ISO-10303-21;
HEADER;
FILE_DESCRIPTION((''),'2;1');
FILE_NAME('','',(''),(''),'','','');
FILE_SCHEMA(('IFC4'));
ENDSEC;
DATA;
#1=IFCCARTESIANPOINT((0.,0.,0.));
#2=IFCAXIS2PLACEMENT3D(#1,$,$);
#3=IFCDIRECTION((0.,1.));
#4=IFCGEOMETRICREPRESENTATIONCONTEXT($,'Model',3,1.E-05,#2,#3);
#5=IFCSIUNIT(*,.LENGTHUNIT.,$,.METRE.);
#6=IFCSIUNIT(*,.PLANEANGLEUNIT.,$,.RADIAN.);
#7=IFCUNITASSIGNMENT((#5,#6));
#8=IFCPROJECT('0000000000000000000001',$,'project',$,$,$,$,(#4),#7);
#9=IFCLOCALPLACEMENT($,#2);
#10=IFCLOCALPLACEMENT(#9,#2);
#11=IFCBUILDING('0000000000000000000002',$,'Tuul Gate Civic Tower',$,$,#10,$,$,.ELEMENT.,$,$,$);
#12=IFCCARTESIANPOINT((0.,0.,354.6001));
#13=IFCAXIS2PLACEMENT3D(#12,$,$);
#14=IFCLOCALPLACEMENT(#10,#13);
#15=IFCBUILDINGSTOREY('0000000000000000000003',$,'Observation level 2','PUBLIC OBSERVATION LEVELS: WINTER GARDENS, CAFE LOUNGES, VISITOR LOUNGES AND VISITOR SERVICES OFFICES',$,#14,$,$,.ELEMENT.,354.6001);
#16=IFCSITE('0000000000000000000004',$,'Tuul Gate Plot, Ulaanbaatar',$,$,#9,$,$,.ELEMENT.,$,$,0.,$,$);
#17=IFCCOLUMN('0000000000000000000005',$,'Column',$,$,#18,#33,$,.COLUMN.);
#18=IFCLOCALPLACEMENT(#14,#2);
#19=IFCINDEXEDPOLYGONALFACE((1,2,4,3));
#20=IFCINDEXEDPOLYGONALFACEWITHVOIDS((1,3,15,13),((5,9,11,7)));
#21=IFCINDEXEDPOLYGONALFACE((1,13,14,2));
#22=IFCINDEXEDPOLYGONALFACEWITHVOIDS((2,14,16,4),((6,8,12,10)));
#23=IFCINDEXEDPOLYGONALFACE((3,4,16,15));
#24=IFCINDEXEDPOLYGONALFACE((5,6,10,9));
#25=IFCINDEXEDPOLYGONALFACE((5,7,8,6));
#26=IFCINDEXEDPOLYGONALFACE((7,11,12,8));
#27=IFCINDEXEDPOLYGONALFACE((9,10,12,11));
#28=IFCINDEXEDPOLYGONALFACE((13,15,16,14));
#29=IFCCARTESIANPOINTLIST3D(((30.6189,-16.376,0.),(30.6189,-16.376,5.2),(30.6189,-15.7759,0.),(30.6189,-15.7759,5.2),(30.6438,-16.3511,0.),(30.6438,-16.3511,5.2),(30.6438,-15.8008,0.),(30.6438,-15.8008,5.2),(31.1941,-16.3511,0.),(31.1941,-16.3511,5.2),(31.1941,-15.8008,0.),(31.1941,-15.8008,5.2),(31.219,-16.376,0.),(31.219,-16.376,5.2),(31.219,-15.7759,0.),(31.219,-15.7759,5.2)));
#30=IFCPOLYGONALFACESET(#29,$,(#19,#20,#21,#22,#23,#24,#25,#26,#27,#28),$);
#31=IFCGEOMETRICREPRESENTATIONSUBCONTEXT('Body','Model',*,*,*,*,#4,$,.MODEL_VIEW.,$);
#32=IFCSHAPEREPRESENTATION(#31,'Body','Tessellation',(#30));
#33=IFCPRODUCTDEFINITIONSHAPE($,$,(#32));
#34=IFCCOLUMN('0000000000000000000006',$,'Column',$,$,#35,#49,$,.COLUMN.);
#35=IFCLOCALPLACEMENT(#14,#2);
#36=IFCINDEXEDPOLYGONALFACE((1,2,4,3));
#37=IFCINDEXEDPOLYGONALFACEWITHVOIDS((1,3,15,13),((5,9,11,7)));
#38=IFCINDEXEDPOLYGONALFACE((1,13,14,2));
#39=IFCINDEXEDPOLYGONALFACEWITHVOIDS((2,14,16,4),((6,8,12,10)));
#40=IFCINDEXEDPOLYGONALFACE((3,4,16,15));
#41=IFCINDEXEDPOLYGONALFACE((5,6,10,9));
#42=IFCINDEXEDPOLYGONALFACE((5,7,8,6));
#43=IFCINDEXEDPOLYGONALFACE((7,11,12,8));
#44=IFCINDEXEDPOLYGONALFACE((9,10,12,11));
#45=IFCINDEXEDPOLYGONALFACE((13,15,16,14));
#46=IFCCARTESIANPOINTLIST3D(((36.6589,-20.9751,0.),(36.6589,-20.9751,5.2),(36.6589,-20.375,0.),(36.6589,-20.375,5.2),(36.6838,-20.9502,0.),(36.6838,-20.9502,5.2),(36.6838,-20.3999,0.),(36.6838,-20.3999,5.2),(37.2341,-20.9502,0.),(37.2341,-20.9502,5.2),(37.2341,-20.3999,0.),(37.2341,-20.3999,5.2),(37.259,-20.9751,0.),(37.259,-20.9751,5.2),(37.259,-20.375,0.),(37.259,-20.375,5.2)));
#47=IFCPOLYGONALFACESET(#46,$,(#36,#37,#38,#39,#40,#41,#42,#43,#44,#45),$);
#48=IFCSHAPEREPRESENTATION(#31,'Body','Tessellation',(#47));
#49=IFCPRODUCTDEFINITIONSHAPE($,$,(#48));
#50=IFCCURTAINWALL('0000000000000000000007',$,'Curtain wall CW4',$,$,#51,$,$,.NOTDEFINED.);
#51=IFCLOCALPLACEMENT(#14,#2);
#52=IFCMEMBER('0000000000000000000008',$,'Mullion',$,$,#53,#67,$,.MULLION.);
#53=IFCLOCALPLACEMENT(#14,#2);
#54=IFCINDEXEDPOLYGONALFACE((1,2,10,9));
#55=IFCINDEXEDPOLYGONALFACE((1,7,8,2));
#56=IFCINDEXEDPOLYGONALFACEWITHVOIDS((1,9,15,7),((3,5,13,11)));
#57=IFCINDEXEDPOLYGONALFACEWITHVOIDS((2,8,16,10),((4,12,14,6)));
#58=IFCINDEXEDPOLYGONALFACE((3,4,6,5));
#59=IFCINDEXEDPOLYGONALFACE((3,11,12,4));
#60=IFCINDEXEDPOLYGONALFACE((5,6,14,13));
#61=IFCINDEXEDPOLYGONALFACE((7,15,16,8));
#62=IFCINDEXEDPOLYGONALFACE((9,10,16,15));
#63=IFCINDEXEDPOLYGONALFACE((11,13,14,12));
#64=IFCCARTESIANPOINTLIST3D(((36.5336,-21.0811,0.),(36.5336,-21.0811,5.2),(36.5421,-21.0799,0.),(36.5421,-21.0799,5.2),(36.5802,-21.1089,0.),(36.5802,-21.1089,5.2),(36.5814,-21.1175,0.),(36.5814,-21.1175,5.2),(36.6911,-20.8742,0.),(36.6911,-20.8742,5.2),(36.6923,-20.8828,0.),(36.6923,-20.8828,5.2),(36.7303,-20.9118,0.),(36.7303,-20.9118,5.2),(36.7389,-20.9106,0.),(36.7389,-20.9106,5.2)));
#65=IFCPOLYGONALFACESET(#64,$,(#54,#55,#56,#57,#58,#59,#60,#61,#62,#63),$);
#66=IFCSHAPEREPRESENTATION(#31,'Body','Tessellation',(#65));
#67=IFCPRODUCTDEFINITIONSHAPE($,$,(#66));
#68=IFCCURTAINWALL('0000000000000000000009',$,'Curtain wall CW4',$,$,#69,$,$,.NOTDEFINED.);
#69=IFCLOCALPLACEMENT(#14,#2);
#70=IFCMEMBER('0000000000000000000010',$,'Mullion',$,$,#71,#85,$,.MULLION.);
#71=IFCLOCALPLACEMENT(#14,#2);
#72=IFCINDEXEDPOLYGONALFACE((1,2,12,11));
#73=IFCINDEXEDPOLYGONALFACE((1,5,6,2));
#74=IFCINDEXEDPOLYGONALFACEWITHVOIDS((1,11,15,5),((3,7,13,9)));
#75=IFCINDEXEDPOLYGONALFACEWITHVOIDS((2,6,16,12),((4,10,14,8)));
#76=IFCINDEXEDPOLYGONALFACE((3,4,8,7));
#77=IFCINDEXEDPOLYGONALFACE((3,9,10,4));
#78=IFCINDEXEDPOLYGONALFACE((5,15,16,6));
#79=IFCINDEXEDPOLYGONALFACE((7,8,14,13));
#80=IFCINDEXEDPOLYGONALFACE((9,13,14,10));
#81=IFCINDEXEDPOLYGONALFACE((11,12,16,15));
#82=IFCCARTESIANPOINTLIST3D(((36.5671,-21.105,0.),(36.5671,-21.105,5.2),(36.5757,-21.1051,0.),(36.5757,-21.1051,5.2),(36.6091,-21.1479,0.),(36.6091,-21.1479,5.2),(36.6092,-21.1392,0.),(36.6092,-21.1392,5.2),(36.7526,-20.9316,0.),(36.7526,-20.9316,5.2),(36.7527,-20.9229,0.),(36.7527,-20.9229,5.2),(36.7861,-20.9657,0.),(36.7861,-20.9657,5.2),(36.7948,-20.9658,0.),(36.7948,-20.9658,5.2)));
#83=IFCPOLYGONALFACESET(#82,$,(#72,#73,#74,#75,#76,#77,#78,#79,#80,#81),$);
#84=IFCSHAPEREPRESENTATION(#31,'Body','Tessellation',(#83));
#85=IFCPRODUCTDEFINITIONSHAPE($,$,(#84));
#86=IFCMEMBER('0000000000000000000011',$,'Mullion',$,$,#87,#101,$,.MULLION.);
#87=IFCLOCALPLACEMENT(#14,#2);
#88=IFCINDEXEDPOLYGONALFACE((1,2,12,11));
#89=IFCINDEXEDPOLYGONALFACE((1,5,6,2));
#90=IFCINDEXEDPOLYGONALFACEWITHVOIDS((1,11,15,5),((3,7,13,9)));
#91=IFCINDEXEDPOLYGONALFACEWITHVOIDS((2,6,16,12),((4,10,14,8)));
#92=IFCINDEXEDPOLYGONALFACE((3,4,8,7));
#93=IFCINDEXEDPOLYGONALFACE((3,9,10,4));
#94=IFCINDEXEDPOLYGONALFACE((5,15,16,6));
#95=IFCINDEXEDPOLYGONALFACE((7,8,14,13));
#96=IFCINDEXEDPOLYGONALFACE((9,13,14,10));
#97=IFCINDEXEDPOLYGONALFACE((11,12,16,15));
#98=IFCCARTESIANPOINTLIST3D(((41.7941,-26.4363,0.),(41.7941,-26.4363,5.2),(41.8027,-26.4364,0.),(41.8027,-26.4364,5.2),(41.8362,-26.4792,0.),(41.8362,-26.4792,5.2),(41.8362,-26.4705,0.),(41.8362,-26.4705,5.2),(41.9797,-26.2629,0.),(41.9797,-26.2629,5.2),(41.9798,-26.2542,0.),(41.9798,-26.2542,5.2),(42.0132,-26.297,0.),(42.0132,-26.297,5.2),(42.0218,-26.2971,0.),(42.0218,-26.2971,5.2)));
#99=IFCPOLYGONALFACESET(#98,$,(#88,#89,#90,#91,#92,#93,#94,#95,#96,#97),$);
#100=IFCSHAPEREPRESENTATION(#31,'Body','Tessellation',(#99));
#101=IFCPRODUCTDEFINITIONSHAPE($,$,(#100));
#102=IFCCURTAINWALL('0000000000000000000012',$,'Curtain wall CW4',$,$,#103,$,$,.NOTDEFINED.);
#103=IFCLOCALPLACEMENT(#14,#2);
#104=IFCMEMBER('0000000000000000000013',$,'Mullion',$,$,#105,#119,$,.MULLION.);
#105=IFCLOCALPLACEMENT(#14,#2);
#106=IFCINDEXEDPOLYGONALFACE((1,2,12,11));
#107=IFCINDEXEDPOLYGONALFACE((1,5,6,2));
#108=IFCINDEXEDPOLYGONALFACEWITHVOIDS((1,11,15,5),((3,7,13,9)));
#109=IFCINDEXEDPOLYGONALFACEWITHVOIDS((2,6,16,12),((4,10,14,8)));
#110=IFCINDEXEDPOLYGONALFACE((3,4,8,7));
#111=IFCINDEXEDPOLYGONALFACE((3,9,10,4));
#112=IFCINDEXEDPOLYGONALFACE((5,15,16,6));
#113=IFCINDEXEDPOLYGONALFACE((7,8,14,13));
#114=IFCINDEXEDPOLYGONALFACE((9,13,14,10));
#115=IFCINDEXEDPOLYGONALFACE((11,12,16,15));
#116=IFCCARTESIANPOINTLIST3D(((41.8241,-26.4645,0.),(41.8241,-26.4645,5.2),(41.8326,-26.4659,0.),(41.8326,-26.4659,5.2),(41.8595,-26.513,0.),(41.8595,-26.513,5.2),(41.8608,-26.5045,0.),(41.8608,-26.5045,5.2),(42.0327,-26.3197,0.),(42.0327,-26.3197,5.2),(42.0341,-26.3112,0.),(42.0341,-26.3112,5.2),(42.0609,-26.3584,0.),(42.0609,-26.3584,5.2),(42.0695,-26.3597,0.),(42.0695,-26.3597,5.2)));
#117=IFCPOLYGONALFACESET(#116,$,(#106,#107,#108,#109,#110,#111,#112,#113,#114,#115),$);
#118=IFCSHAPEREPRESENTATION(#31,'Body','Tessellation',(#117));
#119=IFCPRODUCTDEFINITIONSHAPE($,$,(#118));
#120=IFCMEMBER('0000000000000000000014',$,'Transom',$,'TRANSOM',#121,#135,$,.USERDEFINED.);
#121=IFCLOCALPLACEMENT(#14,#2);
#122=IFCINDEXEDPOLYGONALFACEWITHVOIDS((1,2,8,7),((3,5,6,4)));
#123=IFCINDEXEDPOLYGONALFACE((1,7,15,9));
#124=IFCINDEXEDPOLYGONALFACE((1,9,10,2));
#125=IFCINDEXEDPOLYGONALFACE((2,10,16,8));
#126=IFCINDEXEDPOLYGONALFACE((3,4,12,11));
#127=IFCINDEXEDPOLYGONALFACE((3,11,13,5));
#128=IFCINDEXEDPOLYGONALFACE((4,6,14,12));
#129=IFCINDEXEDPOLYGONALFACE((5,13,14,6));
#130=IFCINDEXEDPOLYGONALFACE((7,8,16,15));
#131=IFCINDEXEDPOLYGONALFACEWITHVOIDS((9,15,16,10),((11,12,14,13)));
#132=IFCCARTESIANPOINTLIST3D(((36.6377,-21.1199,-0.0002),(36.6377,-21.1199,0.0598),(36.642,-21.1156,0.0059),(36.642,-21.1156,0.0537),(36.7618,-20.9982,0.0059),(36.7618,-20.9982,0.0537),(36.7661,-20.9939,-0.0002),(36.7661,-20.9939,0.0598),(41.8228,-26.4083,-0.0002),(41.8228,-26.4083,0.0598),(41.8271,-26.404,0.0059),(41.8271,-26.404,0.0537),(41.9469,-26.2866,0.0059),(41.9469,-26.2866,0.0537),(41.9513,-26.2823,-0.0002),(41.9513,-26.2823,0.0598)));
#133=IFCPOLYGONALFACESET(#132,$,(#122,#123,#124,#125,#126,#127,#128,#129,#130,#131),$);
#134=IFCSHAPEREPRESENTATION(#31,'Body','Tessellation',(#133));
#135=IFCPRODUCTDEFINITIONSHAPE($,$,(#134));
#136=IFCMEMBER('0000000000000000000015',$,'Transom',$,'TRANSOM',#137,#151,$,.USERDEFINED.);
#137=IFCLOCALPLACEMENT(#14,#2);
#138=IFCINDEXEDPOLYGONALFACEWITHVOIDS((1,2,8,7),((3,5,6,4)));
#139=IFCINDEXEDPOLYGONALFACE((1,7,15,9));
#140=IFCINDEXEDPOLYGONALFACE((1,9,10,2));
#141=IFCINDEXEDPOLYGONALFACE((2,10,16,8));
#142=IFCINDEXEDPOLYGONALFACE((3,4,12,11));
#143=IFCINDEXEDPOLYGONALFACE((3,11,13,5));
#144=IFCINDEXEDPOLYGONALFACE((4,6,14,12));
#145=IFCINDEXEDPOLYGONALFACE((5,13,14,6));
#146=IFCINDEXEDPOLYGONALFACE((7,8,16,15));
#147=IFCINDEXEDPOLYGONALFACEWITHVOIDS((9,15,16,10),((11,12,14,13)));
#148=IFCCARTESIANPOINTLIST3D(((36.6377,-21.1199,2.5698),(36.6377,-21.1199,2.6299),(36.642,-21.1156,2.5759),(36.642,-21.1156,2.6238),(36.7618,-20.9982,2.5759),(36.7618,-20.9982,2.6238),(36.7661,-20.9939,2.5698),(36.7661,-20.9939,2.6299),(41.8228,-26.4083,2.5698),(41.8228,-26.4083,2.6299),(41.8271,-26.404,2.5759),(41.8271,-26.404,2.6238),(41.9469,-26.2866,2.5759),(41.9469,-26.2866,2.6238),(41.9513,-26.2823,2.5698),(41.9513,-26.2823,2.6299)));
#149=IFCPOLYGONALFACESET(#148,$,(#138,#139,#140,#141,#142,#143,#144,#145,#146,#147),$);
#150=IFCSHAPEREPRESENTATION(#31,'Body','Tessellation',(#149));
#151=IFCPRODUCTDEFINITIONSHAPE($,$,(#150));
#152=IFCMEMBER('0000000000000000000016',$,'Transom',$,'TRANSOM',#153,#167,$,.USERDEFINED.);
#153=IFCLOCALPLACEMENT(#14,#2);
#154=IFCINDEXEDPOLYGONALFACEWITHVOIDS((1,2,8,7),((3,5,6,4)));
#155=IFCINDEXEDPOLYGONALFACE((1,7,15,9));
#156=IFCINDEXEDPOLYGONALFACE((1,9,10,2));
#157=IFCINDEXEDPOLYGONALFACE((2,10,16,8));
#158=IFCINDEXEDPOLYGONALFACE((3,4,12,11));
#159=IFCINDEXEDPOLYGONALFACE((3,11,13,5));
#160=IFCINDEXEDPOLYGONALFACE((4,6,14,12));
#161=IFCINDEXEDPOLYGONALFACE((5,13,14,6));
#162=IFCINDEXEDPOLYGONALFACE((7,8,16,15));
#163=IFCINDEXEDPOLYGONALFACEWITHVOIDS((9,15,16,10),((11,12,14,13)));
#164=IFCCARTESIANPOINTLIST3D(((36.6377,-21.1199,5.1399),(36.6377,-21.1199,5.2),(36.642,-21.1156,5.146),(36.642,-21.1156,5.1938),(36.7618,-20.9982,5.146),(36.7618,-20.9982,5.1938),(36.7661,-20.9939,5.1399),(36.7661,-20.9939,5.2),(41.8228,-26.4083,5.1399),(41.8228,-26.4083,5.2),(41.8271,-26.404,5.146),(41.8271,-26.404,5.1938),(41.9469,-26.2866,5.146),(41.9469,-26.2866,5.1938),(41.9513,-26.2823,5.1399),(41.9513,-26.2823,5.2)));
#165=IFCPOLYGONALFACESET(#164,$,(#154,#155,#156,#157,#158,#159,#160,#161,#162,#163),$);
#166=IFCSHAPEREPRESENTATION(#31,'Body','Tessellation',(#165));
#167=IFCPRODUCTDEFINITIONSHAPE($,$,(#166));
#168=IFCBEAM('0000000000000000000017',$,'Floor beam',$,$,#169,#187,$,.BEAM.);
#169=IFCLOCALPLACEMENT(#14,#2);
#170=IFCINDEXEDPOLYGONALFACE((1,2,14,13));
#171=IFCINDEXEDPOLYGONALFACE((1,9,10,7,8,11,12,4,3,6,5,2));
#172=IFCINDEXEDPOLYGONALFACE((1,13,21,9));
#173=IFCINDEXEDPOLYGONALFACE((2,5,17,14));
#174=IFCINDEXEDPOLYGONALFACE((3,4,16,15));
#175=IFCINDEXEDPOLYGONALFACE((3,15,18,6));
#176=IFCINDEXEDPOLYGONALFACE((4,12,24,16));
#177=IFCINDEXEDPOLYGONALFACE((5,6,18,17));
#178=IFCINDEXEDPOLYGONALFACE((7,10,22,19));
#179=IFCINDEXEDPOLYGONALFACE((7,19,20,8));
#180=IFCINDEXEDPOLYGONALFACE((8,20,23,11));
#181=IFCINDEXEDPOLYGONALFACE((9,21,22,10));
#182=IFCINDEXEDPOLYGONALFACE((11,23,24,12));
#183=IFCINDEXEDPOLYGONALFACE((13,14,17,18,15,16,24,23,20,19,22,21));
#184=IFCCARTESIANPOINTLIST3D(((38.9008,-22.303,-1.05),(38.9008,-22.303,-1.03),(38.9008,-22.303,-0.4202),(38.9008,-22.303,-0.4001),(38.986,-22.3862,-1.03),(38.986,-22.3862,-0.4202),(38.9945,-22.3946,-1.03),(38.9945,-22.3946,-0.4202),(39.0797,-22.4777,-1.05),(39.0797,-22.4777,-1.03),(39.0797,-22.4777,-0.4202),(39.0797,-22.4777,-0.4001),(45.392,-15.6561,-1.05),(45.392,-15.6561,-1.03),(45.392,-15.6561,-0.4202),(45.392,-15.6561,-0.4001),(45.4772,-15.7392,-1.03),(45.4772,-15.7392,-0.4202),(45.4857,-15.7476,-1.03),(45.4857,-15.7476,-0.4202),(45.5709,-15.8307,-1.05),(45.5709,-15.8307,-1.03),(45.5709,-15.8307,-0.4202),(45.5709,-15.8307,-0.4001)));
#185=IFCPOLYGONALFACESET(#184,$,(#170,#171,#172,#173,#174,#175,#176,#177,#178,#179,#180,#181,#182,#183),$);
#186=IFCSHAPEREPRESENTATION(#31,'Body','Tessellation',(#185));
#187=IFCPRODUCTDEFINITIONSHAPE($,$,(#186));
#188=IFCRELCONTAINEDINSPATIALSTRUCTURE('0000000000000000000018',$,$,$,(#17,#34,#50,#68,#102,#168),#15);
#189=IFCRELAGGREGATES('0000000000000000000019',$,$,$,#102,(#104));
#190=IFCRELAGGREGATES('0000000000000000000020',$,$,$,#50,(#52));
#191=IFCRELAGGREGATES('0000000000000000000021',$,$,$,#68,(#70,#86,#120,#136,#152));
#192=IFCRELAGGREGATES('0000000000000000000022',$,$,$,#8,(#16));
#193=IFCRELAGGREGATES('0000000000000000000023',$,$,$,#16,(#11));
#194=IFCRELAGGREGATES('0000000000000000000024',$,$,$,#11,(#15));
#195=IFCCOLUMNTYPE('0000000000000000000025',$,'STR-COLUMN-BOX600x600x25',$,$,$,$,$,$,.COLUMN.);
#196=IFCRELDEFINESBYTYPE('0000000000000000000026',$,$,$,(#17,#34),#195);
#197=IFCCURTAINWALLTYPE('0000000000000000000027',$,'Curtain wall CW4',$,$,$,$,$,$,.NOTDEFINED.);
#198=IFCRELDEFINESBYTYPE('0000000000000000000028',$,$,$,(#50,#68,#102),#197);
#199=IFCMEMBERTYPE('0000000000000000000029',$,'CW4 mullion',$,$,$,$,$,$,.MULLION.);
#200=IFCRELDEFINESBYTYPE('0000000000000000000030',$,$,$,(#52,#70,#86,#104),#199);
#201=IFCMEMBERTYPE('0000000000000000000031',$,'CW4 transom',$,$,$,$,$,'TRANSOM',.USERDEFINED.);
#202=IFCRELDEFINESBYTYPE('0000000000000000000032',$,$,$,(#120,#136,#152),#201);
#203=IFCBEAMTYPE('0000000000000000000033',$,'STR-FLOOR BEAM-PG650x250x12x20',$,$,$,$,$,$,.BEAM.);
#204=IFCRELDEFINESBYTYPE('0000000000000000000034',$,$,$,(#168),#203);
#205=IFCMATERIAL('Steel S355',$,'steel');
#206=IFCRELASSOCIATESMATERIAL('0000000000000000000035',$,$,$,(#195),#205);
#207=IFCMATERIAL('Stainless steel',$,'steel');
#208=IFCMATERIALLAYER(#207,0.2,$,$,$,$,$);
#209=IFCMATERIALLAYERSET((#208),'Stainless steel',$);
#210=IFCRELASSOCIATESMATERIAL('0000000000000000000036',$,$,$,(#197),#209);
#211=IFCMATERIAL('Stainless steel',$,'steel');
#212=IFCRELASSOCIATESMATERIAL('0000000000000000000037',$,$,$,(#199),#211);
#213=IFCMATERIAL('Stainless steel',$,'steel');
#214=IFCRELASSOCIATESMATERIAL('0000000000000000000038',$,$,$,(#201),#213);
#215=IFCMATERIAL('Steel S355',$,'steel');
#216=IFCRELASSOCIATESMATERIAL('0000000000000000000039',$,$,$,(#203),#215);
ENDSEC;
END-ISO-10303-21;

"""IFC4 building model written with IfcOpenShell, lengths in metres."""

from ifc_helpers import new_model, si_unit, direction, frame, origin, origin_2d, place, context, subcontext, project, spatial, hollow_rectangle, i_section, extrude, material, layer, layer_set, material_profile, profile_set, type_object, element, aggregate, save


model = new_model("IFC4")

# Units and contexts
model_context = context("Model", 3, precision=1e-05, world=origin(), true_north=direction((0.0, 1.0)))
body_context = subcontext(model_context, "Body", "Model", "MODEL_VIEW")
ifc_project = project(units=[si_unit("LENGTHUNIT", "METRE"), si_unit("PLANEANGLEUNIT", "RADIAN")], contexts=[model_context])

# Site, building, storey
site_placement = place(None, origin())
site = spatial("IfcSite", under=ifc_project, at=site_placement, Name="Tuul Gate Plot, Ulaanbaatar", CompositionType="ELEMENT", RefElevation=0.0)
building_placement = place(site_placement, origin())
building = spatial("IfcBuilding", under=site, at=building_placement, Name="Tuul Gate Civic Tower", CompositionType="ELEMENT")
storey_placement = place(building_placement, frame((0.0, 0.0, 354.6001)))
storey = spatial("IfcBuildingStorey", under=building, at=storey_placement, Name="Observation level 2", Description="PUBLIC OBSERVATION LEVELS: WINTER GARDENS, CAFE LOUNGES, VISITOR LOUNGES AND VISITOR SERVICES OFFICES", CompositionType="ELEMENT", Elevation=354.6001)

# Columns
ifc_material_1 = material(Name="Steel S355", Category="steel")
ifc_material_profile_1 = material_profile(ifc_material_1, hollow_rectangle(XDim=0.6001, YDim=0.6001, WallThickness=0.0249, at=origin_2d()), Name="BOX600x600x25")
ifc_profile_set_1 = profile_set([ifc_material_profile_1], Name="Steel S355")
column_type = type_object("IfcColumnType", Name="STR-COLUMN-BOX600x600x25", PredefinedType="COLUMN", material=ifc_profile_set_1)
for number, where, z_axis, x_axis, name in (
    (1, (30.9189, -16.0759, 0.0), (0.0, 0.0, 1.0), (1.0, 0.0, 0.0), "Column"),
    (2, (36.959, -20.675, 0.0), (0.0, 0.0, 1.0), (1.0, 0.0, 0.0), "Column"),
):
    element("IfcColumn", number, at=place(storey_placement, frame(where, z_axis=z_axis, x_axis=x_axis)), inside=storey, type_object=column_type, Name=name, PredefinedType="COLUMN", context=body_context, shape_type="SweptSolid", body=[
        extrude(hollow_rectangle(XDim=0.6001, YDim=0.6001, WallThickness=0.0249, at=origin_2d()), origin(), (0.0, 0.0, 1.0), 5.2),
    ])

# Curtain wall, member
ifc_material_2 = material(Name="Stainless steel", Category="steel")
ifc_layer_1 = layer(ifc_material_2, 0.2)
ifc_layer_set_1 = layer_set([ifc_layer_1], Name="Stainless steel")
curtain_wall_type = type_object("IfcCurtainWallType", Name="Curtain wall CW4", PredefinedType="NOTDEFINED", material=ifc_layer_set_1)
curtain_wall_1_placement = place(storey_placement, origin())
curtain_wall_1 = element("IfcCurtainWall", 3, at=curtain_wall_1_placement, inside=storey, type_object=curtain_wall_type, Name="Curtain wall CW4", PredefinedType="NOTDEFINED")
ifc_material_3 = material(Name="Stainless steel", Category="steel")
ifc_material_profile_2 = material_profile(ifc_material_3, hollow_rectangle(XDim=0.26, YDim=0.0601, WallThickness=0.0061, at=origin_2d()), Name="CW4 mullion")
ifc_profile_set_2 = profile_set([ifc_material_profile_2], Name="Stainless steel")
member_type_1 = type_object("IfcMemberType", Name="CW4 mullion", PredefinedType="MULLION", material=ifc_profile_set_2)
member_1_placement = place(storey_placement, frame((36.6362, -20.9958, 0.0), z_axis=(0.0, 0.0, 1.0), x_axis=(0.605851, 0.795578, 0.0)))
member_1 = element("IfcMember", 4, at=member_1_placement, type_object=member_type_1, Name="Mullion", PredefinedType="MULLION", context=body_context, shape_type="SweptSolid", body=[
    extrude(hollow_rectangle(XDim=0.26, YDim=0.0601, WallThickness=0.0061, at=origin_2d()), origin(), (0.0, 0.0, 1.0), 5.2),
])

# Curtain wall, members
curtain_wall_2_placement = place(storey_placement, origin())
curtain_wall_2 = element("IfcCurtainWall", 5, at=curtain_wall_2_placement, inside=storey, type_object=curtain_wall_type, Name="Curtain wall CW4", PredefinedType="NOTDEFINED")
member_2_placement = place(storey_placement, frame((36.6809, -21.0354, 0.0), z_axis=(0.0, 0.0, 1.0), x_axis=(0.714048, 0.700097, 0.0)))
member_2 = element("IfcMember", 6, at=member_2_placement, type_object=member_type_1, Name="Mullion", PredefinedType="MULLION", context=body_context, shape_type="SweptSolid", body=[
    extrude(hollow_rectangle(XDim=0.26, YDim=0.0601, WallThickness=0.0061, at=origin_2d()), origin(), (0.0, 0.0, 1.0), 5.2),
])
member_3_placement = place(storey_placement, frame((41.908, -26.3667, 0.0), z_axis=(0.0, 0.0, 1.0), x_axis=(0.714048, 0.700097, 0.0)))
member_3 = element("IfcMember", 7, at=member_3_placement, type_object=member_type_1, Name="Mullion", PredefinedType="MULLION", context=body_context, shape_type="SweptSolid", body=[
    extrude(hollow_rectangle(XDim=0.26, YDim=0.0601, WallThickness=0.0061, at=origin_2d()), origin(), (0.0, 0.0, 1.0), 5.2),
])

# Curtain wall, member
curtain_wall_3_placement = place(storey_placement, origin())
curtain_wall_3 = element("IfcCurtainWall", 8, at=curtain_wall_3_placement, inside=storey, type_object=curtain_wall_type, Name="Curtain wall CW4", PredefinedType="NOTDEFINED")
member_4_placement = place(storey_placement, frame((41.9468, -26.4121, 0.0), z_axis=(0.0, 0.0, 1.0), x_axis=(0.807595, 0.589737, 0.0)))
member_4 = element("IfcMember", 9, at=member_4_placement, type_object=member_type_1, Name="Mullion", PredefinedType="MULLION", context=body_context, shape_type="SweptSolid", body=[
    extrude(hollow_rectangle(XDim=0.26, YDim=0.0601, WallThickness=0.0061, at=origin_2d()), origin(), (0.0, 0.0, 1.0), 5.2),
])
aggregate(curtain_wall_3, [member_4])

# Members
ifc_material_4 = material(Name="Stainless steel", Category="steel")
ifc_material_profile_3 = material_profile(ifc_material_4, hollow_rectangle(XDim=0.1799, YDim=0.0601, WallThickness=0.0061, at=origin_2d()), Name="CW4 transom")
ifc_profile_set_3 = profile_set([ifc_material_profile_3], Name="Stainless steel")
member_type_2 = type_object("IfcMemberType", Name="CW4 transom", ElementType="TRANSOM", PredefinedType="USERDEFINED", material=ifc_profile_set_3)
member_5_placement = place(storey_placement, frame((36.7019, -21.0569, 0.0298), z_axis=(0.7001, -0.714044, 0.0), x_axis=(0.714044, 0.7001, 0.0)))
member_5 = element("IfcMember", 10, at=member_5_placement, type_object=member_type_2, Name="Transom", ObjectType="TRANSOM", PredefinedType="USERDEFINED", context=body_context, shape_type="SweptSolid", body=[
    extrude(hollow_rectangle(XDim=0.1799, YDim=0.0601, WallThickness=0.0061, at=origin_2d()), origin(), (0.0, 0.0, 1.0), 7.4062),
])
member_6_placement = place(storey_placement, frame((36.7019, -21.0569, 2.5999), z_axis=(0.7001, -0.714044, 0.0), x_axis=(0.714044, 0.7001, 0.0)))
member_6 = element("IfcMember", 11, at=member_6_placement, type_object=member_type_2, Name="Transom", ObjectType="TRANSOM", PredefinedType="USERDEFINED", context=body_context, shape_type="SweptSolid", body=[
    extrude(hollow_rectangle(XDim=0.1799, YDim=0.0601, WallThickness=0.0061, at=origin_2d()), origin(), (0.0, 0.0, 1.0), 7.4062),
])
member_7_placement = place(storey_placement, frame((36.7019, -21.0569, 5.1699), z_axis=(0.7001, -0.714044, 0.0), x_axis=(0.714044, 0.7001, 0.0)))
member_7 = element("IfcMember", 12, at=member_7_placement, type_object=member_type_2, Name="Transom", ObjectType="TRANSOM", PredefinedType="USERDEFINED", context=body_context, shape_type="SweptSolid", body=[
    extrude(hollow_rectangle(XDim=0.1799, YDim=0.0601, WallThickness=0.0061, at=origin_2d()), origin(), (0.0, 0.0, 1.0), 7.4062),
])

# Beam
ifc_material_5 = material(Name="Steel S355", Category="steel")
ifc_material_profile_4 = material_profile(ifc_material_5, i_section(OverallWidth=0.25, OverallDepth=0.6499, WebThickness=0.012, FlangeThickness=0.02, at=origin_2d()), Name="PG650x250x12x20")
ifc_profile_set_4 = profile_set([ifc_material_profile_4], Name="Steel S355")
beam_type_1 = type_object("IfcBeamType", Name="STR-FLOOR BEAM-PG650x250x12x20", PredefinedType="BEAM", material=ifc_profile_set_4)
beam_1_placement = place(storey_placement, frame((38.9902, -22.3904, -0.7251), z_axis=(0.698674, 0.71544, 0.0), x_axis=(-0.71544, 0.698674, 0.0)))
element("IfcBeam", 13, at=beam_1_placement, inside=storey, type_object=beam_type_1, Name="Floor beam", PredefinedType="BEAM", context=body_context, shape_type="SweptSolid", body=[
    extrude(i_section(OverallWidth=0.25, OverallDepth=0.6499, WebThickness=0.012, FlangeThickness=0.02, at=origin_2d()), origin(), (0.0, 0.0, 1.0), 9.2908),
])

aggregate(curtain_wall_1, [member_1])
aggregate(curtain_wall_2, [member_2, member_3, member_5, member_6, member_7])

save(model, "model.ifc")
